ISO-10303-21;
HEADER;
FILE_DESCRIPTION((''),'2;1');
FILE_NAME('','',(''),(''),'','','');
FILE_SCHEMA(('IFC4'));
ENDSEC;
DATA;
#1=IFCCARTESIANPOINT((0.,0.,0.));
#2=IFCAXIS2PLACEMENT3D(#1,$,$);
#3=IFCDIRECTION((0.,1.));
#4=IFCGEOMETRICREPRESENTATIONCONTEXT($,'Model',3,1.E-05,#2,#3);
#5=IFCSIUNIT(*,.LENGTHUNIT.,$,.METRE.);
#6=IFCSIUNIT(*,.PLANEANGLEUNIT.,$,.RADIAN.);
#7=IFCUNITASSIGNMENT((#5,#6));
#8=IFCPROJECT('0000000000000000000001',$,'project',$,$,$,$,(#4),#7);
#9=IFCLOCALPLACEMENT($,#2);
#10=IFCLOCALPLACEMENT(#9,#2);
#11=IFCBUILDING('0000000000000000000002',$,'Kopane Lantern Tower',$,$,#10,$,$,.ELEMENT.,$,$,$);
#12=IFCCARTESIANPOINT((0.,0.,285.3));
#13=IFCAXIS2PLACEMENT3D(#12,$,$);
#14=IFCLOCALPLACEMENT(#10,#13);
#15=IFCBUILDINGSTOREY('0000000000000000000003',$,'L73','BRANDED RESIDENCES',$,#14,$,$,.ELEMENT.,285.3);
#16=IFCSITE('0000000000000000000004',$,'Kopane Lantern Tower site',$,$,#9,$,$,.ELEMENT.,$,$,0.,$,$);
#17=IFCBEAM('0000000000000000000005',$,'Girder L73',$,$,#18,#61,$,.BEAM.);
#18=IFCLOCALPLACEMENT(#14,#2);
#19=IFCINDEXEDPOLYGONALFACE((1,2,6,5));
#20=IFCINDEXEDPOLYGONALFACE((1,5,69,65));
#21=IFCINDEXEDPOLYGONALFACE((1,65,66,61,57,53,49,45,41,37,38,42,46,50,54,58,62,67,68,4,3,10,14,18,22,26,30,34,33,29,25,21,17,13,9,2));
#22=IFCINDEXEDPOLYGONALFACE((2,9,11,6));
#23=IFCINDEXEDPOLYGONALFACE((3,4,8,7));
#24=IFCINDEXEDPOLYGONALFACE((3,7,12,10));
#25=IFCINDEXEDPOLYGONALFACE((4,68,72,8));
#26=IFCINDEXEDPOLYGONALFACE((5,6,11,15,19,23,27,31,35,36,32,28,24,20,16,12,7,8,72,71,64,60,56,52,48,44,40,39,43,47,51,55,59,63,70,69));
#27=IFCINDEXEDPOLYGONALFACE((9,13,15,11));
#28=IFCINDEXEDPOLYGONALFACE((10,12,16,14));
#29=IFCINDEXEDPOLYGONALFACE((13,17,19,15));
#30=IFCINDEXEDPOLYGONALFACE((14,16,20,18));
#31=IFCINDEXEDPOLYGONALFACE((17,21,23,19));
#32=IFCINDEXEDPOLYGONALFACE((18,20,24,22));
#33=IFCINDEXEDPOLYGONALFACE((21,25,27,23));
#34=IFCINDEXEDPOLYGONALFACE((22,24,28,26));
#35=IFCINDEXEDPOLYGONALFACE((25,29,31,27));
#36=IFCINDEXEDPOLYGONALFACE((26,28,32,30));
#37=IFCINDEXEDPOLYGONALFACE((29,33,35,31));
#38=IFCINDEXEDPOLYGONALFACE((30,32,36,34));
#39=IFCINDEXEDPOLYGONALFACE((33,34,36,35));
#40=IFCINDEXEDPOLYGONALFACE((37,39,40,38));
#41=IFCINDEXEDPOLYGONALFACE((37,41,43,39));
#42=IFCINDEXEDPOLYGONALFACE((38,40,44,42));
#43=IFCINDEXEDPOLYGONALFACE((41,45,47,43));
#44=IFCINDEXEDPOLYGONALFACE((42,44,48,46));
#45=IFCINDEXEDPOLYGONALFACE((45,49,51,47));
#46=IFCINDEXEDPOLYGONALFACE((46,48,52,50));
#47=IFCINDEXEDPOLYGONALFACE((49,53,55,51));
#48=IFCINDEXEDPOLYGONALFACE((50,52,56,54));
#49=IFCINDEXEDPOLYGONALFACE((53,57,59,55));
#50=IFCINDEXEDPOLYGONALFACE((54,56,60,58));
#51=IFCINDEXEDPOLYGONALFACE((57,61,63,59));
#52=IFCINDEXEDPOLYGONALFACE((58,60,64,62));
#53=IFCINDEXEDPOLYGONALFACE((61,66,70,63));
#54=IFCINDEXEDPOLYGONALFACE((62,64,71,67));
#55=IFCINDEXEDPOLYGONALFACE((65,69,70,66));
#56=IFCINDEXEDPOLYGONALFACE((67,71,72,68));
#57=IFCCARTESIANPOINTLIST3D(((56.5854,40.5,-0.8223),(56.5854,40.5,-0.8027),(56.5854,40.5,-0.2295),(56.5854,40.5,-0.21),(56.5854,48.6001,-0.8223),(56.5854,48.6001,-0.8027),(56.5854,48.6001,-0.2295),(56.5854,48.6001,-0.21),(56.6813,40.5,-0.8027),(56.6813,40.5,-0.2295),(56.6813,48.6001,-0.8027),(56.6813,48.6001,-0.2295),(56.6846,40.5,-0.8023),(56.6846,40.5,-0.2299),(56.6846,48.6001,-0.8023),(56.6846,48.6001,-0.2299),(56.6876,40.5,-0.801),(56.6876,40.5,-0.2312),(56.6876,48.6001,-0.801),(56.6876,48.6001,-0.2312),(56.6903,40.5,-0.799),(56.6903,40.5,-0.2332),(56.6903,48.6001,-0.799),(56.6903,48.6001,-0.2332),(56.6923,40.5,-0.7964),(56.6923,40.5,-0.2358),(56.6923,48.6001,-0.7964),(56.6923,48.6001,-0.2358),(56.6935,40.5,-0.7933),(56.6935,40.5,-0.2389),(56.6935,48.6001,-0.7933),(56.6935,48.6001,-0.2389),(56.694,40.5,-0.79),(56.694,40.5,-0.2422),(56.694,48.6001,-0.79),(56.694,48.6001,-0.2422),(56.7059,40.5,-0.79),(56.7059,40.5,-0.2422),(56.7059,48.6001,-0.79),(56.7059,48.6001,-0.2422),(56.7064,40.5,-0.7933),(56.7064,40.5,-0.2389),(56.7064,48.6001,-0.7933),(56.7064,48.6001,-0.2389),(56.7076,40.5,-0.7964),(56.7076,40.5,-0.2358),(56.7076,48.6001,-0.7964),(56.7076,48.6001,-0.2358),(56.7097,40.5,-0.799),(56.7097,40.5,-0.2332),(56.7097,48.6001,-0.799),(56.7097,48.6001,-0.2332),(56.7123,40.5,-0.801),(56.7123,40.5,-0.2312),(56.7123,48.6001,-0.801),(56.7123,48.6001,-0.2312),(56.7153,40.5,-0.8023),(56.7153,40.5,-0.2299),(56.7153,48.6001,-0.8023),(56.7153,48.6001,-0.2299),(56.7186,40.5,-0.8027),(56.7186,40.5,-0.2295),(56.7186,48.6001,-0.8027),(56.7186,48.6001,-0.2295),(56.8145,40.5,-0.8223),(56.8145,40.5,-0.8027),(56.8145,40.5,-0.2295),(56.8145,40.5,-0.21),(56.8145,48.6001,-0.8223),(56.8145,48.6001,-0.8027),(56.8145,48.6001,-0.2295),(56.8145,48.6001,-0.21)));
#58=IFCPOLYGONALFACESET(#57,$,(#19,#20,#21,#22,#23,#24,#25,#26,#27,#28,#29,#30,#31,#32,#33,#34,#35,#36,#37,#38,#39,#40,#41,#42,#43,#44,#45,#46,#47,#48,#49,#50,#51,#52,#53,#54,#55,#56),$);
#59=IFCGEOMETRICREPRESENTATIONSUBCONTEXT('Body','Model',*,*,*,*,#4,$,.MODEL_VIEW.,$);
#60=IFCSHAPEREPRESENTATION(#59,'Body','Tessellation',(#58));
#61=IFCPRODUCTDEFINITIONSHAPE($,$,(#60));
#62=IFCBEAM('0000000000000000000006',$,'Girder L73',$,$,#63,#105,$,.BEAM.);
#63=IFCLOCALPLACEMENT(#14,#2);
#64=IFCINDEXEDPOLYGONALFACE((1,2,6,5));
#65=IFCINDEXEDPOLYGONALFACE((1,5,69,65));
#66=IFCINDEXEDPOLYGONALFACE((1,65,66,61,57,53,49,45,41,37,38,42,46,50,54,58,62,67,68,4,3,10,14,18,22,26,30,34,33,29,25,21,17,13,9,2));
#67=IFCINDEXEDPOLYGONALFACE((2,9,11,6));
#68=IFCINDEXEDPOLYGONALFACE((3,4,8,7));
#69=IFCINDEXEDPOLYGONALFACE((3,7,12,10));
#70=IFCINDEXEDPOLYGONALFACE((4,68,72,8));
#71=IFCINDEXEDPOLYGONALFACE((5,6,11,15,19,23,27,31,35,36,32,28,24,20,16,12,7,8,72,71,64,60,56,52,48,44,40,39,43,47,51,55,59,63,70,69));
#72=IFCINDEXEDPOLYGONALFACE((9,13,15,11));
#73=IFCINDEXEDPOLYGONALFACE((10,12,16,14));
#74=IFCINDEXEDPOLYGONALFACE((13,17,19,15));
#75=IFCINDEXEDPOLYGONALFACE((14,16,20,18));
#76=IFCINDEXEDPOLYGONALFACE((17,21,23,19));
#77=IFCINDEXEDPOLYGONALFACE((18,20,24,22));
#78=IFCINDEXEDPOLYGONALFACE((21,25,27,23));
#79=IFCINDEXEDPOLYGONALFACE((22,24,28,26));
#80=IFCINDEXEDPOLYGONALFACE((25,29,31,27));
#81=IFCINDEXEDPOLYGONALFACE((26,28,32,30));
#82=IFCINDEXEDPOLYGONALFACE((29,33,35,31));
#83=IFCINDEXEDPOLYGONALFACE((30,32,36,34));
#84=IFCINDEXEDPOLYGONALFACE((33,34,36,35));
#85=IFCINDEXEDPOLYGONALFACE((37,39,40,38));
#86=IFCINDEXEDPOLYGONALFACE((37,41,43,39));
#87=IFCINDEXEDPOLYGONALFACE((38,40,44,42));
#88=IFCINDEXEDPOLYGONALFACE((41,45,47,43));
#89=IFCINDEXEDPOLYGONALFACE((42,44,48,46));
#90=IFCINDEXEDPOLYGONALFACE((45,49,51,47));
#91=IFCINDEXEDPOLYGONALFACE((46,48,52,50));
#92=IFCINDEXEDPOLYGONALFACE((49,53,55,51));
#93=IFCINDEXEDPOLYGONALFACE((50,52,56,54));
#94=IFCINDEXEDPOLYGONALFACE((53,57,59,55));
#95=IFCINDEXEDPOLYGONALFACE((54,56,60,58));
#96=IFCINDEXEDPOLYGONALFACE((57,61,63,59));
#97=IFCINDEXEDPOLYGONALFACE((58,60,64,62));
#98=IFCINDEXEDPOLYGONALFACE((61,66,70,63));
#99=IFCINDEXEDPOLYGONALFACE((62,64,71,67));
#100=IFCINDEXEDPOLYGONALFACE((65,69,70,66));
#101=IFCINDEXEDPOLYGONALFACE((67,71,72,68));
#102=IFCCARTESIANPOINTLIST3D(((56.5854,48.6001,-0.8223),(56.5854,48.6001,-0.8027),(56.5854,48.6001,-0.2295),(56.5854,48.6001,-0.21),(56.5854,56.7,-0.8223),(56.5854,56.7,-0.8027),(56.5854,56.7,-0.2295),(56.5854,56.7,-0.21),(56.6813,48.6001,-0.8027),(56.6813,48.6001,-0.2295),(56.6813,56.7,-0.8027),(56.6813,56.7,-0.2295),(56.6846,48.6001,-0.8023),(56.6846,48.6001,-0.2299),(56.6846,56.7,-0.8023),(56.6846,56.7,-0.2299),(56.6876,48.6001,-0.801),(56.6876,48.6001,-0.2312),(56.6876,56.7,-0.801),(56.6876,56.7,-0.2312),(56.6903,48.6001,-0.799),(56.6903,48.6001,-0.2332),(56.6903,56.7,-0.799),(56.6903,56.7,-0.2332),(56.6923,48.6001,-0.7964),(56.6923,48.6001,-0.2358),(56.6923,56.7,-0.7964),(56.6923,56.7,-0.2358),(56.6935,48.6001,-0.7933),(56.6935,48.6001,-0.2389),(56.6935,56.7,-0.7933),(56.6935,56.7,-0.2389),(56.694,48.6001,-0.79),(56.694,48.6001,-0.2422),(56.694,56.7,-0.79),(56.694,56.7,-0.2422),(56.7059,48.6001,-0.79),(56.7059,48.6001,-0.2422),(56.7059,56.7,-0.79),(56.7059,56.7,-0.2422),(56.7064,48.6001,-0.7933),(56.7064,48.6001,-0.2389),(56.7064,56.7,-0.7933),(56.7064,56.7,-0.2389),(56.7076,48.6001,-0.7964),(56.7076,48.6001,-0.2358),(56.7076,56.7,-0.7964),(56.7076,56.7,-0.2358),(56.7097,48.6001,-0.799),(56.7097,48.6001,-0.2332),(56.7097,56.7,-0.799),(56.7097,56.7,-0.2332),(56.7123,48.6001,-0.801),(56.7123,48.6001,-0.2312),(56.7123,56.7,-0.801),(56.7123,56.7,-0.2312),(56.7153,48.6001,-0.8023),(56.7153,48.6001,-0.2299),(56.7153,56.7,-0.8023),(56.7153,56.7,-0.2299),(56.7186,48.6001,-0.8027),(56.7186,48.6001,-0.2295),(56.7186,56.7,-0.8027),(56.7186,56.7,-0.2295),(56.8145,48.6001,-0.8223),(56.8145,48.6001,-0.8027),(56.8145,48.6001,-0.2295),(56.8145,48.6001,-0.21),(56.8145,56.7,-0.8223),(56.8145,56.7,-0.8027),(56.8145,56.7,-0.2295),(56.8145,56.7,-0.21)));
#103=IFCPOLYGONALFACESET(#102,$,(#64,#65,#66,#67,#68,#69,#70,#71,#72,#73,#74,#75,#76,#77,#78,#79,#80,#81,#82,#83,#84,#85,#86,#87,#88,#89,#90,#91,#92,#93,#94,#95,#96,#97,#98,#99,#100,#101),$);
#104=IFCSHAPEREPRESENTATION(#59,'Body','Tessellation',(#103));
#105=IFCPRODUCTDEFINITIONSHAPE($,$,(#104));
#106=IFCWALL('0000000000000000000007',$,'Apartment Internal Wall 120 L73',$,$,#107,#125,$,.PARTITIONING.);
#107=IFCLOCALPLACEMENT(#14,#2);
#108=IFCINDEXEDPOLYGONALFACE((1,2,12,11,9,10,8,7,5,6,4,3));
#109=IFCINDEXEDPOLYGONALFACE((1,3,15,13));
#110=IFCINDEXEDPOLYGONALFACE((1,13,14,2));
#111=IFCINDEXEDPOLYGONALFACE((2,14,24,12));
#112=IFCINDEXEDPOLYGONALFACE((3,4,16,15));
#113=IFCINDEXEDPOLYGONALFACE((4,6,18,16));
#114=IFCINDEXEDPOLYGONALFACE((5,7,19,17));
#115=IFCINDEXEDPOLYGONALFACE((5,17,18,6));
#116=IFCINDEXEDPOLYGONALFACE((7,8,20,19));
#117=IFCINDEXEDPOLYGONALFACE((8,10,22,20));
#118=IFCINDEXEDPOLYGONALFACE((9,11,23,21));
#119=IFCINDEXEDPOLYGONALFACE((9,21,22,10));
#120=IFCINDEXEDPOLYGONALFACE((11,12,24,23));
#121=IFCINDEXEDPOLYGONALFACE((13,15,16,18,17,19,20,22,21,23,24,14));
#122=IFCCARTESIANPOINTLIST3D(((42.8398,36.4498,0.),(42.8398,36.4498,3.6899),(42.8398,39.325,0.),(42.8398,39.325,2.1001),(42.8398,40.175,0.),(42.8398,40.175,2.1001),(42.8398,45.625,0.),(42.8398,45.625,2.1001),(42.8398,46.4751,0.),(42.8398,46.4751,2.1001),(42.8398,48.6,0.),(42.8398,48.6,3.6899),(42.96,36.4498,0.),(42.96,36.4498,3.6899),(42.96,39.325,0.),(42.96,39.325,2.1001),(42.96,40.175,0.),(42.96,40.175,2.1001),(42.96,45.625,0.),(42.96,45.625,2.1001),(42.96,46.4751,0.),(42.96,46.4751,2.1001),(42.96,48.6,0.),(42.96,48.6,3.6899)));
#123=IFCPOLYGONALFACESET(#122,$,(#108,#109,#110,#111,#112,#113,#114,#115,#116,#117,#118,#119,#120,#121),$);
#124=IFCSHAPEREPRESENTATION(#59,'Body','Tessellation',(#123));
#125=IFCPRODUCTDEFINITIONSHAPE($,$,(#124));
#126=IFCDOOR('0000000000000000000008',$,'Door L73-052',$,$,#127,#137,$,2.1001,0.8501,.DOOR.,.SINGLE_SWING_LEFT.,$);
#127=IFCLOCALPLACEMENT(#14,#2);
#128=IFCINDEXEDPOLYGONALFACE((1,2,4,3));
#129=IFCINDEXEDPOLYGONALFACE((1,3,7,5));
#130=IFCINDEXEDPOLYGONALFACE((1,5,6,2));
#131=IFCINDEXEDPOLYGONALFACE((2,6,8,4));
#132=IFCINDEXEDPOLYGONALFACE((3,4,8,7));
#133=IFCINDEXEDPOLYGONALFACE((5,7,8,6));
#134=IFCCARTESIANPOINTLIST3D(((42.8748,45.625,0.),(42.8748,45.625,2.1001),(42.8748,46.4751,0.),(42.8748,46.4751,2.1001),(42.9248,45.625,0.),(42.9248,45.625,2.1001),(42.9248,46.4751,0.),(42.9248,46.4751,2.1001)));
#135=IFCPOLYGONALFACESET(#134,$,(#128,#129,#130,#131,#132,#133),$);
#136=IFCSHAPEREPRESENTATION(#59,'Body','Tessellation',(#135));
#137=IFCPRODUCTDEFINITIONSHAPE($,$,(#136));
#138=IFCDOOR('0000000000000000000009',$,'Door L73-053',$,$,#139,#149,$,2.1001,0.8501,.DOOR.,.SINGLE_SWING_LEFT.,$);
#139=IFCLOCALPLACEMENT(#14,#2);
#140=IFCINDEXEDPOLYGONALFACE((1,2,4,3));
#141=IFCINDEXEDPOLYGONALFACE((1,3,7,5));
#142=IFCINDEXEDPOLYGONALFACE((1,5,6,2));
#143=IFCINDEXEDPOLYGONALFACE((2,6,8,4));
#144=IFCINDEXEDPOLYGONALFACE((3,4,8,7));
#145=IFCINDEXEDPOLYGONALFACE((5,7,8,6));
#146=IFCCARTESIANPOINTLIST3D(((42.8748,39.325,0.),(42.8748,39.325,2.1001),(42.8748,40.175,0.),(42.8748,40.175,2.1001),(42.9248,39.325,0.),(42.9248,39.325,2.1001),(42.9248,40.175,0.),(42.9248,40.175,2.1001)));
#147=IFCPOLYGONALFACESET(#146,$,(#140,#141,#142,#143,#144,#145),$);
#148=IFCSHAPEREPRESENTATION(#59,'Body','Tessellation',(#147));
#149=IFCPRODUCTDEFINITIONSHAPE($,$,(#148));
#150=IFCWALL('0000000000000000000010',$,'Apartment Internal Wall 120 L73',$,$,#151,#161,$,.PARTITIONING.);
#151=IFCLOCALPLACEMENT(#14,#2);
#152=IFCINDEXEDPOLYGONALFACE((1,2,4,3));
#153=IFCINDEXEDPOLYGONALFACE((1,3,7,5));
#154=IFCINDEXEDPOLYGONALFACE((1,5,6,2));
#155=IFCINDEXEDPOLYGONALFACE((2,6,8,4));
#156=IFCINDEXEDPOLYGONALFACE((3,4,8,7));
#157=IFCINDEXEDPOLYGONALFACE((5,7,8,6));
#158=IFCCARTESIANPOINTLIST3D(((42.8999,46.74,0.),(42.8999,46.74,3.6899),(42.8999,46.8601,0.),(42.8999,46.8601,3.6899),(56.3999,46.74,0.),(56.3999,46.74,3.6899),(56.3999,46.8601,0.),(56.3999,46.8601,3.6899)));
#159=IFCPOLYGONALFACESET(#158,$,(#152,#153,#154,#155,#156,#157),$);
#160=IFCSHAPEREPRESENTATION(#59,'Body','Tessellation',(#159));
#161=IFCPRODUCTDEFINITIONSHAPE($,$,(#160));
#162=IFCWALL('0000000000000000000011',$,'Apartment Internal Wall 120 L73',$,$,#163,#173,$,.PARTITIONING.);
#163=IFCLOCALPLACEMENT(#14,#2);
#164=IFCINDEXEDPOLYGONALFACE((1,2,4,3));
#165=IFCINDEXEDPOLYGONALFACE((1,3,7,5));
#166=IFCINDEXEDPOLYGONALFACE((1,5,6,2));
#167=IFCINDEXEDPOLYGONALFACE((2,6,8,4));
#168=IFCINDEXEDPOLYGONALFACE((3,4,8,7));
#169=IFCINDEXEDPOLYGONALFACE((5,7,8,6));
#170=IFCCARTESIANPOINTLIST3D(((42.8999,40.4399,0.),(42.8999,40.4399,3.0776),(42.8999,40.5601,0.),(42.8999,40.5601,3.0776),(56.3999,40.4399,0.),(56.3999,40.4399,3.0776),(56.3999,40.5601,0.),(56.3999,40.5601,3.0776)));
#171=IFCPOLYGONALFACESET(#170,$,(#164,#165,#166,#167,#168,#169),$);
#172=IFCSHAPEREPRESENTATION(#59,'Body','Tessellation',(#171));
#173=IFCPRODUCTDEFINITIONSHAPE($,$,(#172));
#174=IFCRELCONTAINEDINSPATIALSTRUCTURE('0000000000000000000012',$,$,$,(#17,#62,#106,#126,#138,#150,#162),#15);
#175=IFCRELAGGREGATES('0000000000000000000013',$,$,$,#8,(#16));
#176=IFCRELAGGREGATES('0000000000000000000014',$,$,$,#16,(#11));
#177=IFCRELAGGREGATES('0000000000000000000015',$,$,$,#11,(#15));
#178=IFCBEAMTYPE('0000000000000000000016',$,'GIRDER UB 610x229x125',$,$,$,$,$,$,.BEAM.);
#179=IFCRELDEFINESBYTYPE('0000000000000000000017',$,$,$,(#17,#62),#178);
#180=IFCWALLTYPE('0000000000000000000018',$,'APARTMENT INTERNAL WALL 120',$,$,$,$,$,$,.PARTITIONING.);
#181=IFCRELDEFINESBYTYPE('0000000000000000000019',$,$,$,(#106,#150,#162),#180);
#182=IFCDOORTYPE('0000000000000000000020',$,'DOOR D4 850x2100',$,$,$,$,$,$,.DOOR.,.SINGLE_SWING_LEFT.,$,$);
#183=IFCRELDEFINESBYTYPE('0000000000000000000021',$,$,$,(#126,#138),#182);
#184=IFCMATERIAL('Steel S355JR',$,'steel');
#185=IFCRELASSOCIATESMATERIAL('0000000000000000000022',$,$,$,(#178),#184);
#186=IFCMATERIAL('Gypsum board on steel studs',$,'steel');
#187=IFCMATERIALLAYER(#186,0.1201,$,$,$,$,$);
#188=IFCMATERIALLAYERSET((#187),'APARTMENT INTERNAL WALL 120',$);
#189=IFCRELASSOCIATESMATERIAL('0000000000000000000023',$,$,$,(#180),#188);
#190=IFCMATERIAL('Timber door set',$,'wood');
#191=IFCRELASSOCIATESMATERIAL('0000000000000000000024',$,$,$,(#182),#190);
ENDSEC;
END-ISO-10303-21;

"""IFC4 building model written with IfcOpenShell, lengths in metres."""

from ifc_helpers import new_model, si_unit, direction, frame, frame_2d, origin, origin_2d, place, context, subcontext, project, spatial, rectangle, i_section, extrude, material, layer, layer_set, material_profile, profile_set, type_object, element, fill, save


model = new_model("IFC4")

# Units and contexts
model_context = context("Model", 3, precision=1e-05, world=origin(), true_north=direction((0.0, 1.0)))
body_context = subcontext(model_context, "Body", "Model", "MODEL_VIEW")
ifc_project = project(units=[si_unit("LENGTHUNIT", "METRE"), si_unit("PLANEANGLEUNIT", "RADIAN")], contexts=[model_context])

# Site, building, storey
site_placement = place(None, origin())
site = spatial("IfcSite", under=ifc_project, at=site_placement, Name="Kopane Lantern Tower site", CompositionType="ELEMENT", RefElevation=0.0)
building_placement = place(site_placement, origin())
building = spatial("IfcBuilding", under=site, at=building_placement, Name="Kopane Lantern Tower", CompositionType="ELEMENT")
storey_placement = place(building_placement, frame((0.0, 0.0, 285.3)))
storey = spatial("IfcBuildingStorey", under=building, at=storey_placement, Name="L73", Description="BRANDED RESIDENCES", CompositionType="ELEMENT", Elevation=285.3)

# Beams
ifc_material_1 = material(Name="Steel S355JR", Category="steel")
ifc_material_profile_1 = material_profile(ifc_material_1, i_section(OverallWidth=0.229, OverallDepth=0.6123, WebThickness=0.012, FlangeThickness=0.0195, FilletRadius=0.0127, at=origin_2d()), Name="UB 610x229x125")
ifc_profile_set_1 = profile_set([ifc_material_profile_1], Name="Steel S355JR")
beam_type = type_object("IfcBeamType", Name="GIRDER UB 610x229x125", PredefinedType="BEAM", material=ifc_profile_set_1)
beam_1_placement = place(storey_placement, frame((56.7, 40.5, -0.5161), z_axis=(0.0, 1.0, 0.0), x_axis=(-1.0, 0.0, 0.0)))
element("IfcBeam", 1, at=beam_1_placement, inside=storey, type_object=beam_type, Name="Girder L73", PredefinedType="BEAM", context=body_context, shape_type="SweptSolid", body=[
    extrude(i_section(OverallWidth=0.229, OverallDepth=0.6123, WebThickness=0.012, FlangeThickness=0.0195, FilletRadius=0.0127, at=origin_2d()), origin(), (0.0, 0.0, 1.0), 8.1001),
])
beam_2_placement = place(storey_placement, frame((56.7, 48.6001, -0.5161), z_axis=(0.0, 1.0, 0.0), x_axis=(-1.0, 0.0, 0.0)))
element("IfcBeam", 2, at=beam_2_placement, inside=storey, type_object=beam_type, Name="Girder L73", PredefinedType="BEAM", context=body_context, shape_type="SweptSolid", body=[
    extrude(i_section(OverallWidth=0.229, OverallDepth=0.6123, WebThickness=0.012, FlangeThickness=0.0195, FilletRadius=0.0127, at=origin_2d()), origin(), (0.0, 0.0, 1.0), 8.0999),
])

# Wall, openings, doors
ifc_material_2 = material(Name="Gypsum board on steel studs", Category="steel")
ifc_layer_1 = layer(ifc_material_2, 0.1201)
ifc_layer_set_1 = layer_set([ifc_layer_1], Name="APARTMENT INTERNAL WALL 120")
wall_type_1 = type_object("IfcWallType", Name="APARTMENT INTERNAL WALL 120", PredefinedType="PARTITIONING", material=ifc_layer_set_1)
wall_1_placement = place(storey_placement, frame((42.8999, 48.6001, 0.0), z_axis=(0.0, 0.0, 1.0), x_axis=(0.0, -1.0, 0.0)))
wall_1 = element("IfcWall", 3, at=wall_1_placement, inside=storey, type_object=wall_type_1, Name="Apartment Internal Wall 120 L73", PredefinedType="PARTITIONING", context=body_context, shape_type="SweptSolid", body=[
    extrude(rectangle(XDim=12.1501, YDim=0.1201, at=frame_2d((6.0752, 0.0))), origin(), (0.0, 0.0, 1.0), 3.6899),
])
opening_1_placement = place(wall_1_placement, frame((2.125, 0.0, 0.0)))
opening_1 = element("IfcOpeningElement", 4, at=opening_1_placement, cuts=wall_1, PredefinedType="OPENING", context=body_context, shape_type="SweptSolid", body=[
    extrude(rectangle(XDim=0.8501, YDim=2.1001, at=frame_2d((0.425, 1.05))), frame((0.0, 0.0701, 0.0), z_axis=(0.0, -1.0, 0.0), x_axis=(1.0, 0.0, 0.0)), (0.0, 0.0, 1.0), 0.1401),
])
opening_2_placement = place(wall_1_placement, frame((8.425, 0.0, 0.0)))
opening_2 = element("IfcOpeningElement", 5, at=opening_2_placement, cuts=wall_1, PredefinedType="OPENING", context=body_context, shape_type="SweptSolid", body=[
    extrude(rectangle(XDim=0.8501, YDim=2.1001, at=frame_2d((0.425, 1.05))), frame((0.0, 0.0701, 0.0), z_axis=(0.0, -1.0, 0.0), x_axis=(1.0, 0.0, 0.0)), (0.0, 0.0, 1.0), 0.1401),
])
ifc_material_3 = material(Name="Timber door set", Category="wood")
door_type_1 = type_object("IfcDoorType", Name="DOOR D4 850x2100", OperationType="SINGLE_SWING_LEFT", PredefinedType="DOOR", material=ifc_material_3)
door_1_placement = place(opening_1_placement, origin())
door_1 = element("IfcDoor", 6, at=door_1_placement, inside=storey, type_object=door_type_1, Name="Door L73-052", OperationType="SINGLE_SWING_LEFT", OverallHeight=2.1001, OverallWidth=0.8501, PredefinedType="DOOR", context=body_context, shape_type="SweptSolid", body=[
    extrude(rectangle(XDim=0.8501, YDim=2.1001, at=frame_2d((0.425, 1.05))), frame((0.0, 0.0249, 0.0), z_axis=(0.0, -1.0, 0.0), x_axis=(1.0, 0.0, 0.0)), (0.0, 0.0, 1.0), 0.05),
])
fill(opening_1, door_1)
door_2_placement = place(opening_2_placement, origin())
door_2 = element("IfcDoor", 7, at=door_2_placement, inside=storey, type_object=door_type_1, Name="Door L73-053", OperationType="SINGLE_SWING_LEFT", OverallHeight=2.1001, OverallWidth=0.8501, PredefinedType="DOOR", context=body_context, shape_type="SweptSolid", body=[
    extrude(rectangle(XDim=0.8501, YDim=2.1001, at=frame_2d((0.425, 1.05))), frame((0.0, 0.0249, 0.0), z_axis=(0.0, -1.0, 0.0), x_axis=(1.0, 0.0, 0.0)), (0.0, 0.0, 1.0), 0.05),
])
fill(opening_2, door_2)

# Walls
wall_2_placement = place(storey_placement, frame((42.8999, 46.8, 0.0), z_axis=(0.0, 0.0, 1.0), x_axis=(1.0, 0.0, 0.0)))
element("IfcWall", 8, at=wall_2_placement, inside=storey, type_object=wall_type_1, Name="Apartment Internal Wall 120 L73", PredefinedType="PARTITIONING", context=body_context, shape_type="SweptSolid", body=[
    extrude(rectangle(XDim=13.5, YDim=0.1201, at=frame_2d((6.75, 0.0))), origin(), (0.0, 0.0, 1.0), 3.6899),
])
wall_3_placement = place(storey_placement, frame((42.8999, 40.5, 0.0), z_axis=(0.0, 0.0, 1.0), x_axis=(1.0, 0.0, 0.0)))
element("IfcWall", 9, at=wall_3_placement, inside=storey, type_object=wall_type_1, Name="Apartment Internal Wall 120 L73", PredefinedType="PARTITIONING", context=body_context, shape_type="SweptSolid", body=[
    extrude(rectangle(XDim=13.5, YDim=0.1201, at=frame_2d((6.75, 0.0))), origin(), (0.0, 0.0, 1.0), 3.0776),
])

save(model, "model.ifc")
